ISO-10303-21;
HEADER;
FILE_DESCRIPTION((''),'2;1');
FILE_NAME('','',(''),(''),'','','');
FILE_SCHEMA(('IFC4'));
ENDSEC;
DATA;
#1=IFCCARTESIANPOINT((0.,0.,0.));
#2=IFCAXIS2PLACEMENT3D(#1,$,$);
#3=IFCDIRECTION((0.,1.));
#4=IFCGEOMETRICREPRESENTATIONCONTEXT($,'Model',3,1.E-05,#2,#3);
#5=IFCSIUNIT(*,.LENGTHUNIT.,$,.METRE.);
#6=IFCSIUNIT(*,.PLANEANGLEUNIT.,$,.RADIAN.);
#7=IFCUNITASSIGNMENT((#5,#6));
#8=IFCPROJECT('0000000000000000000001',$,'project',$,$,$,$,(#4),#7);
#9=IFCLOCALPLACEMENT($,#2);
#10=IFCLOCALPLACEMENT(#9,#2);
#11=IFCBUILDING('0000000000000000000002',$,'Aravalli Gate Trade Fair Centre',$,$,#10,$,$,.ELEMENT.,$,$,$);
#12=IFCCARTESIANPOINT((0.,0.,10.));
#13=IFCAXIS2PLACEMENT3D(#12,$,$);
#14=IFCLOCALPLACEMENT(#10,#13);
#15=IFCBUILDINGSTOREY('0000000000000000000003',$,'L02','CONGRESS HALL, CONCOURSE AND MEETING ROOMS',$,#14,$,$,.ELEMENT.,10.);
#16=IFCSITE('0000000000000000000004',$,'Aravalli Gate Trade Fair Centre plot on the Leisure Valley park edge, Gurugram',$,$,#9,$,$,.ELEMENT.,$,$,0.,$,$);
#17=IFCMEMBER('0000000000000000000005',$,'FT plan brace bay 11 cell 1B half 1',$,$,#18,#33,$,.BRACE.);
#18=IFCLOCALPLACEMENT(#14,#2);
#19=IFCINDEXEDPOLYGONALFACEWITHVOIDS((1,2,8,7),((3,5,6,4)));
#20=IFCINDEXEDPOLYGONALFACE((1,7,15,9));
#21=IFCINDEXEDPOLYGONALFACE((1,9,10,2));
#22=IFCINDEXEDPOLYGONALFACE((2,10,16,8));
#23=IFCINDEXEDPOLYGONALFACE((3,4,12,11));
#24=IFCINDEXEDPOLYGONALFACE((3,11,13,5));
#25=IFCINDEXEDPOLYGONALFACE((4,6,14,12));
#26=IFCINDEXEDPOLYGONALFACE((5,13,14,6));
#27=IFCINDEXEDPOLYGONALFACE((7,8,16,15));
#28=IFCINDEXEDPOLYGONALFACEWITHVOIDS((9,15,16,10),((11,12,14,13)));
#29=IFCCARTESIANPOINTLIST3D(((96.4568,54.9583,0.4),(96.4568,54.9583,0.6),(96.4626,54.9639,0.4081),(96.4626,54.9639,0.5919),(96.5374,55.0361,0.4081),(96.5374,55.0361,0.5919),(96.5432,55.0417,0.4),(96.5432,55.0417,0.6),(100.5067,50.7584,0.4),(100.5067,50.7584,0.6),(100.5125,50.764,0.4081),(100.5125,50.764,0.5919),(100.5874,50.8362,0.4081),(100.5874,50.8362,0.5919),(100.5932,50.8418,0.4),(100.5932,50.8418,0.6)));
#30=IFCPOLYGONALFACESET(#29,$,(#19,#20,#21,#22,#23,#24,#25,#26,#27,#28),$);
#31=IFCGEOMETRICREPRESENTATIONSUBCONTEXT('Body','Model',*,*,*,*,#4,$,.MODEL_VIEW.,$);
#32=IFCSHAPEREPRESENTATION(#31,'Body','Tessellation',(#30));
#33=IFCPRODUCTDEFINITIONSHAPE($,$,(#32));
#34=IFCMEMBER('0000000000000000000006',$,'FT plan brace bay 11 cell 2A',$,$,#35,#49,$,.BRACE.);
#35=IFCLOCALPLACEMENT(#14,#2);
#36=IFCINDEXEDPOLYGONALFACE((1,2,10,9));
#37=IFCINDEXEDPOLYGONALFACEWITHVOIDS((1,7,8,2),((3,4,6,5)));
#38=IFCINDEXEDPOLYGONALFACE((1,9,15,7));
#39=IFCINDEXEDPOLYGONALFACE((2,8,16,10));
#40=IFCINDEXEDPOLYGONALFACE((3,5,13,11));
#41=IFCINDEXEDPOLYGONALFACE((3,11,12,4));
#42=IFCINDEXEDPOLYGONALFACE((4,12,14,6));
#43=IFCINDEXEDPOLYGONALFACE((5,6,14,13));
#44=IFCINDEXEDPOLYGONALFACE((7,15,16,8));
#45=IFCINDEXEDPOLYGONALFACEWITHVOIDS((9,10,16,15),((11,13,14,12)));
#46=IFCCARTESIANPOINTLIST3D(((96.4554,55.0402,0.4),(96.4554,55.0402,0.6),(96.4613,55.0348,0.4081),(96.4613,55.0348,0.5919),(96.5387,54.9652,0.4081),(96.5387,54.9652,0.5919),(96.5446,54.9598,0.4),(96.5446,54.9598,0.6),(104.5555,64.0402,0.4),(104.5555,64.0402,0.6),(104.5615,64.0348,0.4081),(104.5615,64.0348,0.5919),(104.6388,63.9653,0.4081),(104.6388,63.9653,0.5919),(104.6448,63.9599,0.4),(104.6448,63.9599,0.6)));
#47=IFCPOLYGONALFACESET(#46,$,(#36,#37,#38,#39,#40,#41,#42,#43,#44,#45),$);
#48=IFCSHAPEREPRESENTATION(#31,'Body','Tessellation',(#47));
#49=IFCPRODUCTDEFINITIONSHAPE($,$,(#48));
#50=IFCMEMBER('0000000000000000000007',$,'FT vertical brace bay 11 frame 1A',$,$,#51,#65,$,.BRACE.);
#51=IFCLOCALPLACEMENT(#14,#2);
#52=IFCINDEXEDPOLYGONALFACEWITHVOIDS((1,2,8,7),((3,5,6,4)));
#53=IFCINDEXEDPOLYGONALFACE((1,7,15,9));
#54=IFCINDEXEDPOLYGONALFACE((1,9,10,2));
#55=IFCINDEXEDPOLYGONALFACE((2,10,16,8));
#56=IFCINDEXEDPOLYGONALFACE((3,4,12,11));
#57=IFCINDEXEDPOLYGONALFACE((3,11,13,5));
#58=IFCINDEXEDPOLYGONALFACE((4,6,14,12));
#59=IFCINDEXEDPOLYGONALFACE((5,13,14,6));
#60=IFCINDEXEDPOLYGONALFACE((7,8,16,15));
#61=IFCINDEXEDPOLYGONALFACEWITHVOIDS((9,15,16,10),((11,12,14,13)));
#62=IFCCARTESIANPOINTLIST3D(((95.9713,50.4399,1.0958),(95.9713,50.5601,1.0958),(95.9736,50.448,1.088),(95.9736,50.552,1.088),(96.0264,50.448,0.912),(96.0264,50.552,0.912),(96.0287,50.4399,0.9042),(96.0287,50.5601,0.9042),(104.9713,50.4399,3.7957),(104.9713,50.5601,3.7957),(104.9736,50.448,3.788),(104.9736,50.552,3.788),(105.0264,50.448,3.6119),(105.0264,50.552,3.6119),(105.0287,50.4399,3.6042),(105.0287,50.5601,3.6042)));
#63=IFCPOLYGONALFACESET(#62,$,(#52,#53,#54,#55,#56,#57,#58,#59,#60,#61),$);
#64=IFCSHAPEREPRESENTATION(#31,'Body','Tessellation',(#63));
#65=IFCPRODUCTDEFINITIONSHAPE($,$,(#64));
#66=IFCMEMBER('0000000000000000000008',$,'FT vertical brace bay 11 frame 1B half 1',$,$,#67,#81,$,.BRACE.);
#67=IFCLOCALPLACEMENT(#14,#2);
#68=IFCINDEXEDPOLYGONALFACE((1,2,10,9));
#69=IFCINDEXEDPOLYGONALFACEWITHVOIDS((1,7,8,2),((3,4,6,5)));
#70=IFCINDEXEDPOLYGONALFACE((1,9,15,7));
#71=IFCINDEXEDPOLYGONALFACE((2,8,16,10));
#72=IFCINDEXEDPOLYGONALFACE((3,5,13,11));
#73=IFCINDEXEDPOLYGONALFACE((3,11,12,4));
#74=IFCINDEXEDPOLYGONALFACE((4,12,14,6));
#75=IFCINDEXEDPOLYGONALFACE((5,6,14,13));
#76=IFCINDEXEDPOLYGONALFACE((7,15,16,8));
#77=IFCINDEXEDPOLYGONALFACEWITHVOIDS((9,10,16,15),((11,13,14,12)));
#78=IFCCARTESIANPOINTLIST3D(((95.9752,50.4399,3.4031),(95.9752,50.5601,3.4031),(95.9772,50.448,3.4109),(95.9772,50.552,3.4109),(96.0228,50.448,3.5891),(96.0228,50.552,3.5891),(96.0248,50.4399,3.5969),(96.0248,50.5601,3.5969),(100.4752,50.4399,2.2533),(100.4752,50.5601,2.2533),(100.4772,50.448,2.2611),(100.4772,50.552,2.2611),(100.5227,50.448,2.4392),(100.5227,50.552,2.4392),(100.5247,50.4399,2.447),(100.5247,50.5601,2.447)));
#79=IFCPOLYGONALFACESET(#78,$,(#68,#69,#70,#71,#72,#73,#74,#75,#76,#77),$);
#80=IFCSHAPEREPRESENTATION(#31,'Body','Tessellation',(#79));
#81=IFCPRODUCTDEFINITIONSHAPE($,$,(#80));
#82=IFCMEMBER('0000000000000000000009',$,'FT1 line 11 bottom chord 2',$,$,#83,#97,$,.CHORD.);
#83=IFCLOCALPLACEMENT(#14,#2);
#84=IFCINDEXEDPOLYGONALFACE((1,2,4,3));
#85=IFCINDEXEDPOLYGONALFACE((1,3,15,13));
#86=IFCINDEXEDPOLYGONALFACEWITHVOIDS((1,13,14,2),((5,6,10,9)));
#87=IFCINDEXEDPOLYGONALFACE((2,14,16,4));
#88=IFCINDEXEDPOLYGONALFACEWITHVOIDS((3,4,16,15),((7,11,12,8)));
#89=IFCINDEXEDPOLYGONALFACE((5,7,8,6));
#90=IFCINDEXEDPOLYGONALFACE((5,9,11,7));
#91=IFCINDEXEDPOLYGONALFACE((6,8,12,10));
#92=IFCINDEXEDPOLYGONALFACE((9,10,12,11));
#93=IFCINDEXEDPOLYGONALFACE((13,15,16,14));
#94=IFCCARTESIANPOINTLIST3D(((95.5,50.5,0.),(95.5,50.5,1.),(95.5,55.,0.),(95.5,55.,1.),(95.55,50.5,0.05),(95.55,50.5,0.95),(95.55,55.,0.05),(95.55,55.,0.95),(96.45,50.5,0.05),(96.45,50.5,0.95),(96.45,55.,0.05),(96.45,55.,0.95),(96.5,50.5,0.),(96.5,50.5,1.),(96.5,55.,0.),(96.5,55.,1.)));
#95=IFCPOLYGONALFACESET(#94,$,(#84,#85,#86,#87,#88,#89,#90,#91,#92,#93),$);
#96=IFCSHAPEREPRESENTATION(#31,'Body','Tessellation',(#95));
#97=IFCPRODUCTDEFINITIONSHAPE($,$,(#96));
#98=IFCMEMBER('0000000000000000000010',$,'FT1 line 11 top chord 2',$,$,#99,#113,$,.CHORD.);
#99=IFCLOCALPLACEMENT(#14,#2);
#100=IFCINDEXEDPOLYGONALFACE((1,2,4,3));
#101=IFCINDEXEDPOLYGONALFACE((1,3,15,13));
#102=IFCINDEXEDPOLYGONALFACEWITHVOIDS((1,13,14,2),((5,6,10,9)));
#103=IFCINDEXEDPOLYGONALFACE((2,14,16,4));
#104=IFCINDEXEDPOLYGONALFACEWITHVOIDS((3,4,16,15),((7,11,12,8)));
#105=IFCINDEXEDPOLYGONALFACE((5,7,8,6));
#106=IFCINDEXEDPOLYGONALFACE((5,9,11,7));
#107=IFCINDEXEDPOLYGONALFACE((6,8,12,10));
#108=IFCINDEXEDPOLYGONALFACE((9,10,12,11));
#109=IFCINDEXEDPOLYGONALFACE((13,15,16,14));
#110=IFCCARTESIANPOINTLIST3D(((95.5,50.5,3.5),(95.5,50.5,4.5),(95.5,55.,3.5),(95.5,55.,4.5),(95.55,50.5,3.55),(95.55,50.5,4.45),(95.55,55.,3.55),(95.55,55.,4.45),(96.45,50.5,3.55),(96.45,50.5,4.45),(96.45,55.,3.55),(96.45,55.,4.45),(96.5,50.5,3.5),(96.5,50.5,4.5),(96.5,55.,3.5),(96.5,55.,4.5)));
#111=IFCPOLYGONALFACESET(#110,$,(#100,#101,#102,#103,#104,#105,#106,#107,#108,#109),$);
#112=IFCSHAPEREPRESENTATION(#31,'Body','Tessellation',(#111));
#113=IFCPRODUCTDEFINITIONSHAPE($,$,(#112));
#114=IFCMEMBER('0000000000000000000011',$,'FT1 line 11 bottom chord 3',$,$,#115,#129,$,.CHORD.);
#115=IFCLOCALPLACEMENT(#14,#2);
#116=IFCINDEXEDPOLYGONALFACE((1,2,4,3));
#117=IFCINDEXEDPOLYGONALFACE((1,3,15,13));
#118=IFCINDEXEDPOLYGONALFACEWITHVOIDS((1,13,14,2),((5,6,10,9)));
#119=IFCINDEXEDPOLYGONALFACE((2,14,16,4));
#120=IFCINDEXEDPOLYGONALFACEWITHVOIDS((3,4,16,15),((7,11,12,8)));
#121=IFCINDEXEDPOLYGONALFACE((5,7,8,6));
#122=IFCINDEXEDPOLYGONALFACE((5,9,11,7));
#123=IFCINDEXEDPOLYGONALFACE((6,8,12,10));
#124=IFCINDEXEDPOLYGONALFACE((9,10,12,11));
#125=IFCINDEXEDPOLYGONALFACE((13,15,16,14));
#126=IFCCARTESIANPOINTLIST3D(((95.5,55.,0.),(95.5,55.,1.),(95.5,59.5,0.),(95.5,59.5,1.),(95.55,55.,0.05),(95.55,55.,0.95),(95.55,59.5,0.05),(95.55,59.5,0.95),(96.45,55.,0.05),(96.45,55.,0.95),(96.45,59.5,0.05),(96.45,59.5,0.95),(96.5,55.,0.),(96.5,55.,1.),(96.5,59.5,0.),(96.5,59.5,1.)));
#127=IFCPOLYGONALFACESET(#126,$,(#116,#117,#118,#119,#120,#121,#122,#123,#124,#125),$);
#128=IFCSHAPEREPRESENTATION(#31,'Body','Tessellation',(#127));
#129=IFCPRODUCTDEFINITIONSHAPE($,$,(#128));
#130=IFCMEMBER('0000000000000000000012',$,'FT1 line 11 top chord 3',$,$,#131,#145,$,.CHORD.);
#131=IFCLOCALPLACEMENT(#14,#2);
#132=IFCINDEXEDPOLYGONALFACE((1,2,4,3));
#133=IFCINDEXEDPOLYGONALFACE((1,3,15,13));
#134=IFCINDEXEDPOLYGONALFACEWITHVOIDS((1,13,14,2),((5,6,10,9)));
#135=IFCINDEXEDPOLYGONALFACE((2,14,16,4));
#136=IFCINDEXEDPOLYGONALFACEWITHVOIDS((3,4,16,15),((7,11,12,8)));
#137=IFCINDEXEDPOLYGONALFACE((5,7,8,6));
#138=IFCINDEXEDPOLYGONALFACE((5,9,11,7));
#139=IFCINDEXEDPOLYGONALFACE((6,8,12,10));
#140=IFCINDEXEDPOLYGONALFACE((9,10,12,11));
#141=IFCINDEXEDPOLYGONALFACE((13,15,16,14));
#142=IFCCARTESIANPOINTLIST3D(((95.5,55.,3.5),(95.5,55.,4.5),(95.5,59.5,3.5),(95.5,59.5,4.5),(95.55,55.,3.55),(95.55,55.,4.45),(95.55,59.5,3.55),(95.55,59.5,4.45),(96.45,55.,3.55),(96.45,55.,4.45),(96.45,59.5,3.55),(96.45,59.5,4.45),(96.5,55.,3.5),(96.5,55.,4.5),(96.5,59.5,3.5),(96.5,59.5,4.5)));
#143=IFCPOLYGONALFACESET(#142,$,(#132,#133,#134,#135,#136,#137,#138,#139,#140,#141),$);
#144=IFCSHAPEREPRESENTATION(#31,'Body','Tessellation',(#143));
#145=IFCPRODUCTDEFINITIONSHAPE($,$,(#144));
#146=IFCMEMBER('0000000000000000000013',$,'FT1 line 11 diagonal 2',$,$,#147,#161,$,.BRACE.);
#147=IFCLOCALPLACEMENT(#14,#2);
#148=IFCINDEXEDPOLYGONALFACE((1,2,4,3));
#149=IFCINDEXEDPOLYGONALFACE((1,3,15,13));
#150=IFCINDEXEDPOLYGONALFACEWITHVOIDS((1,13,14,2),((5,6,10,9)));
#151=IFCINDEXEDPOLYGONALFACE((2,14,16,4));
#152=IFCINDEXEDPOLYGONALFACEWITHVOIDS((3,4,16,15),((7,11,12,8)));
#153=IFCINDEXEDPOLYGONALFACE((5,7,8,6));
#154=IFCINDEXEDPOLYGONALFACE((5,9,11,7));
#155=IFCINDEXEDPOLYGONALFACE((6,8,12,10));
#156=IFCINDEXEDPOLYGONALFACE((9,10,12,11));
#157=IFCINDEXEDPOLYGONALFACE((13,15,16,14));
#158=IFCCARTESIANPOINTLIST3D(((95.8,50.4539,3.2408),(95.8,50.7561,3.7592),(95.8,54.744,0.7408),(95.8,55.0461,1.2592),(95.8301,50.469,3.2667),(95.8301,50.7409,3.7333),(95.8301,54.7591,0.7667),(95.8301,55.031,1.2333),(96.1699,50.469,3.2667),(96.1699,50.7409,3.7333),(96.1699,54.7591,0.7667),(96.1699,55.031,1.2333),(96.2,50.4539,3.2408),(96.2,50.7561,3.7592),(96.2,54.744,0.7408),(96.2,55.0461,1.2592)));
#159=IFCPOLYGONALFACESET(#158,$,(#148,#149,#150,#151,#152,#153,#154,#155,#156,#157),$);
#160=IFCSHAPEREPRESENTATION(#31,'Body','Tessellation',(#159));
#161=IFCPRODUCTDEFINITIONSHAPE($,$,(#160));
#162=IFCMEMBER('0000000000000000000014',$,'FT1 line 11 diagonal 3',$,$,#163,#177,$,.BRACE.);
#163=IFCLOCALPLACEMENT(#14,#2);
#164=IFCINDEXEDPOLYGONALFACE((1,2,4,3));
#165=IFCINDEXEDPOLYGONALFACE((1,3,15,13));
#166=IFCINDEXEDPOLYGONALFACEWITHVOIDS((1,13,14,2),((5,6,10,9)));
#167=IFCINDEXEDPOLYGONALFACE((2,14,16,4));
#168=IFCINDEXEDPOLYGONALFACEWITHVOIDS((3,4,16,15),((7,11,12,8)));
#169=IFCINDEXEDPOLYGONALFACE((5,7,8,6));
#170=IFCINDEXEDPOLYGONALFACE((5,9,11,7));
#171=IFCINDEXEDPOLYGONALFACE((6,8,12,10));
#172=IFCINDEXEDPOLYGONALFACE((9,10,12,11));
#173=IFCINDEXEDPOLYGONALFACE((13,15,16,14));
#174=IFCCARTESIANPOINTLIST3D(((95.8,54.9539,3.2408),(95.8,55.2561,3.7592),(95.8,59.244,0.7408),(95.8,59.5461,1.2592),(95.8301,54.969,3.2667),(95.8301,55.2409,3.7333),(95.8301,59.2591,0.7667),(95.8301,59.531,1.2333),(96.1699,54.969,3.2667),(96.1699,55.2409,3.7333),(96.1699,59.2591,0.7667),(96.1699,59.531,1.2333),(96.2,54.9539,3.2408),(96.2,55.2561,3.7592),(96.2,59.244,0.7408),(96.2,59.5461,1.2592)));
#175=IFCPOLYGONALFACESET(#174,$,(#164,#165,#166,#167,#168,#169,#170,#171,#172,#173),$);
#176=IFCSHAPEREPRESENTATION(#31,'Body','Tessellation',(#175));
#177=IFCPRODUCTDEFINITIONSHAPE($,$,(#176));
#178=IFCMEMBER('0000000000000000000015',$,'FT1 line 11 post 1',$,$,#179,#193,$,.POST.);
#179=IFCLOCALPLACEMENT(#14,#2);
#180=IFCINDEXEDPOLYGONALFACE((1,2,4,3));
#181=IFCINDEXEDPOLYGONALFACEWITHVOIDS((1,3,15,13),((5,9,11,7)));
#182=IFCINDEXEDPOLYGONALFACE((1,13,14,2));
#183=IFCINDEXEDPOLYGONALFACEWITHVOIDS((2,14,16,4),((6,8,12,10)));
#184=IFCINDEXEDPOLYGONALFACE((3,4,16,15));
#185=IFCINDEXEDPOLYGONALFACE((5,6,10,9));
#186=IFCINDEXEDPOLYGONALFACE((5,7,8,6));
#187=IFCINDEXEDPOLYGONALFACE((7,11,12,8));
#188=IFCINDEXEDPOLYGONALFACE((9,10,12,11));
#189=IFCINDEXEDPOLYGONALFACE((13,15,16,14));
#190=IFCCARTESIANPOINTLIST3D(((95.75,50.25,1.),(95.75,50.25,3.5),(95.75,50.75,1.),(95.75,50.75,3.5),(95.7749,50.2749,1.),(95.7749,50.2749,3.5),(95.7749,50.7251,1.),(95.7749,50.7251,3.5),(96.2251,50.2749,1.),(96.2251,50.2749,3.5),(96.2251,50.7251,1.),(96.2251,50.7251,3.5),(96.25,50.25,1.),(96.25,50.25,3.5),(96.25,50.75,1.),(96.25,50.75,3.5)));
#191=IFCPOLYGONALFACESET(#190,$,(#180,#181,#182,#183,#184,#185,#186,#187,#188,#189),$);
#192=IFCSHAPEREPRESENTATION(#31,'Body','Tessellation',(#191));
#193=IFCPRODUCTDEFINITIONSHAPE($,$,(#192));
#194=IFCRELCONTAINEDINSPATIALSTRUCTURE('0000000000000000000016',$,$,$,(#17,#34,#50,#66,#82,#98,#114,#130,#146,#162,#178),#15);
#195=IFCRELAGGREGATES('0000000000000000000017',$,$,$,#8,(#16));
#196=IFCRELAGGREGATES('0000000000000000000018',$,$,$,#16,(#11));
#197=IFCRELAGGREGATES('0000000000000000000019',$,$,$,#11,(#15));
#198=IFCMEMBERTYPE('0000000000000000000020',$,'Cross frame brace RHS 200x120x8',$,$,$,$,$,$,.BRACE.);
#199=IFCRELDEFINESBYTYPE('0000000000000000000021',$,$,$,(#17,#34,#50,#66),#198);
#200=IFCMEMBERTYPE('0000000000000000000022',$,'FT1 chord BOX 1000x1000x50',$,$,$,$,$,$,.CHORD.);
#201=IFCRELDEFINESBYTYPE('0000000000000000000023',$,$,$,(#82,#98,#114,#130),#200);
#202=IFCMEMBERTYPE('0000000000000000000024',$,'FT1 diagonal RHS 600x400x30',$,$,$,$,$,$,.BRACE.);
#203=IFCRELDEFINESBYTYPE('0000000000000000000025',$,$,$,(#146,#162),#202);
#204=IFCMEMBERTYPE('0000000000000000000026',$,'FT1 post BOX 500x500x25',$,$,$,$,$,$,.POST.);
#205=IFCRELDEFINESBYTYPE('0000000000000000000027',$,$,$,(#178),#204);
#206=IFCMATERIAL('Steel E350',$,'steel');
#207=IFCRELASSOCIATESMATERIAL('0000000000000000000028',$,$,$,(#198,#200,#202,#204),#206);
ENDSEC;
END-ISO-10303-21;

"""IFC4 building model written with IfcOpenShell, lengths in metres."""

from ifc_helpers import new_model, si_unit, direction, frame, origin, origin_2d, place, context, subcontext, project, spatial, hollow_rectangle, extrude, material, material_profile, profile_set, type_object, element, save


model = new_model("IFC4")

# Units and contexts
model_context = context("Model", 3, precision=1e-05, world=origin(), true_north=direction((0.0, 1.0)))
body_context = subcontext(model_context, "Body", "Model", "MODEL_VIEW")
ifc_project = project(units=[si_unit("LENGTHUNIT", "METRE"), si_unit("PLANEANGLEUNIT", "RADIAN")], contexts=[model_context])

# Site, building, storey
site_placement = place(None, origin())
site = spatial("IfcSite", under=ifc_project, at=site_placement, Name="Aravalli Gate Trade Fair Centre plot on the Leisure Valley park edge, Gurugram", CompositionType="ELEMENT", RefElevation=0.0)
building_placement = place(site_placement, origin())
building = spatial("IfcBuilding", under=site, at=building_placement, Name="Aravalli Gate Trade Fair Centre", CompositionType="ELEMENT")
storey_placement = place(building_placement, frame((0.0, 0.0, 10.0)))
storey = spatial("IfcBuildingStorey", under=building, at=storey_placement, Name="L02", Description="CONGRESS HALL, CONCOURSE AND MEETING ROOMS", CompositionType="ELEMENT", Elevation=10.0)

# Members
ifc_material_1 = material(Name="Steel E350", Category="steel")
ifc_material_profile_1 = material_profile(ifc_material_1, hollow_rectangle(XDim=0.1201, YDim=0.2, WallThickness=0.0081, at=origin_2d()), Name="RHS 200x120x8")
ifc_profile_set_1 = profile_set([ifc_material_profile_1], Name="Steel E350")
member_type_1 = type_object("IfcMemberType", Name="Cross frame brace RHS 200x120x8", PredefinedType="BRACE", material=ifc_profile_set_1)
member_1_placement = place(storey_placement, frame((96.5, 55.0, 0.5), z_axis=(0.694144, -0.719836, 0.0), x_axis=(0.719836, 0.694144, 0.0)))
element("IfcMember", 1, at=member_1_placement, inside=storey, type_object=member_type_1, Name="FT plan brace bay 11 cell 1B half 1", PredefinedType="BRACE", context=body_context, shape_type="SweptSolid", body=[
    extrude(hollow_rectangle(XDim=0.1201, YDim=0.2, WallThickness=0.0081, at=origin_2d()), origin(), (0.0, 0.0, 1.0), 5.8345),
])
member_2_placement = place(storey_placement, frame((96.5, 55.0, 0.5), z_axis=(0.668969, 0.74329, 0.0), x_axis=(-0.74329, 0.668969, 0.0)))
element("IfcMember", 2, at=member_2_placement, inside=storey, type_object=member_type_1, Name="FT plan brace bay 11 cell 2A", PredefinedType="BRACE", context=body_context, shape_type="SweptSolid", body=[
    extrude(hollow_rectangle(XDim=0.1201, YDim=0.2, WallThickness=0.0081, at=origin_2d()), origin(), (0.0, 0.0, 1.0), 12.1084),
])
member_3_placement = place(storey_placement, frame((96.0, 50.5, 1.0), z_axis=(0.957828, 0.0, 0.287343), x_axis=(0.0, 1.0, 0.0)))
element("IfcMember", 3, at=member_3_placement, inside=storey, type_object=member_type_1, Name="FT vertical brace bay 11 frame 1A", PredefinedType="BRACE", context=body_context, shape_type="SweptSolid", body=[
    extrude(hollow_rectangle(XDim=0.1201, YDim=0.2, WallThickness=0.0081, at=origin_2d()), origin(), (0.0, 0.0, 1.0), 9.3962),
])
member_4_placement = place(storey_placement, frame((96.0, 50.5, 3.5), z_axis=(0.968868, 0.0, -0.247579), x_axis=(0.0, 1.0, 0.0)))
element("IfcMember", 4, at=member_4_placement, inside=storey, type_object=member_type_1, Name="FT vertical brace bay 11 frame 1B half 1", PredefinedType="BRACE", context=body_context, shape_type="SweptSolid", body=[
    extrude(hollow_rectangle(XDim=0.1201, YDim=0.2, WallThickness=0.0081, at=origin_2d()), origin(), (0.0, 0.0, 1.0), 4.6445),
])
ifc_material_profile_2 = material_profile(ifc_material_1, hollow_rectangle(XDim=1.0, YDim=1.0, WallThickness=0.05, at=origin_2d()), Name="BOX 1000x1000x50")
ifc_profile_set_2 = profile_set([ifc_material_profile_2], Name="Steel E350")
member_type_2 = type_object("IfcMemberType", Name="FT1 chord BOX 1000x1000x50", PredefinedType="CHORD", material=ifc_profile_set_2)
for number, where, z_axis, x_axis, name in (
    (5, (96.0, 50.5, 0.5), (0.0, 1.0, 0.0), (-1.0, 0.0, 0.0), "FT1 line 11 bottom chord 2"),
    (6, (96.0, 50.5, 4.0), (0.0, 1.0, 0.0), (-1.0, 0.0, 0.0), "FT1 line 11 top chord 2"),
    (7, (96.0, 55.0, 0.5), (0.0, 1.0, 0.0), (-1.0, 0.0, 0.0), "FT1 line 11 bottom chord 3"),
    (8, (96.0, 55.0, 4.0), (0.0, 1.0, 0.0), (-1.0, 0.0, 0.0), "FT1 line 11 top chord 3"),
):
    element("IfcMember", number, at=place(storey_placement, frame(where, z_axis=z_axis, x_axis=x_axis)), inside=storey, type_object=member_type_2, Name=name, PredefinedType="CHORD", context=body_context, shape_type="SweptSolid", body=[
        extrude(hollow_rectangle(XDim=1.0, YDim=1.0, WallThickness=0.05, at=origin_2d()), origin(), (0.0, 0.0, 1.0), 4.5),
    ])
ifc_material_profile_3 = material_profile(ifc_material_1, hollow_rectangle(XDim=0.3999, YDim=0.6001, WallThickness=0.03, at=origin_2d()), Name="RHS 600x400x30")
ifc_profile_set_3 = profile_set([ifc_material_profile_3], Name="Steel E350")
member_type_3 = type_object("IfcMemberType", Name="FT1 diagonal RHS 600x400x30", PredefinedType="BRACE", material=ifc_profile_set_3)
for number, where, z_axis, x_axis, name in (
    (9, (96.0, 50.605, 3.5), (0.0, 0.864, -0.503492), (-1.0, 0.0, 0.0), "FT1 line 11 diagonal 2"),
    (10, (96.0, 55.105, 3.5), (0.0, 0.864, -0.503492), (-1.0, 0.0, 0.0), "FT1 line 11 diagonal 3"),
):
    element("IfcMember", number, at=place(storey_placement, frame(where, z_axis=z_axis, x_axis=x_axis)), inside=storey, type_object=member_type_3, Name=name, PredefinedType="BRACE", context=body_context, shape_type="SweptSolid", body=[
        extrude(hollow_rectangle(XDim=0.3999, YDim=0.6001, WallThickness=0.03, at=origin_2d()), origin(), (0.0, 0.0, 1.0), 4.9653),
    ])
ifc_material_profile_4 = material_profile(ifc_material_1, hollow_rectangle(XDim=0.5, YDim=0.5, WallThickness=0.0249, at=origin_2d()), Name="BOX 500x500x25")
ifc_profile_set_4 = profile_set([ifc_material_profile_4], Name="Steel E350")
member_type_4 = type_object("IfcMemberType", Name="FT1 post BOX 500x500x25", PredefinedType="POST", material=ifc_profile_set_4)
for number, where, z_axis, x_axis, name in (
    (11, (96.0, 50.5, 1.0), (0.0, 0.0, 1.0), (1.0, 0.0, 0.0), "FT1 line 11 post 1"),
):
    element("IfcMember", number, at=place(storey_placement, frame(where, z_axis=z_axis, x_axis=x_axis)), inside=storey, type_object=member_type_4, Name=name, PredefinedType="POST", context=body_context, shape_type="SweptSolid", body=[
        extrude(hollow_rectangle(XDim=0.5, YDim=0.5, WallThickness=0.0249, at=origin_2d()), origin(), (0.0, 0.0, 1.0), 2.5),
    ])

save(model, "model.ifc")
